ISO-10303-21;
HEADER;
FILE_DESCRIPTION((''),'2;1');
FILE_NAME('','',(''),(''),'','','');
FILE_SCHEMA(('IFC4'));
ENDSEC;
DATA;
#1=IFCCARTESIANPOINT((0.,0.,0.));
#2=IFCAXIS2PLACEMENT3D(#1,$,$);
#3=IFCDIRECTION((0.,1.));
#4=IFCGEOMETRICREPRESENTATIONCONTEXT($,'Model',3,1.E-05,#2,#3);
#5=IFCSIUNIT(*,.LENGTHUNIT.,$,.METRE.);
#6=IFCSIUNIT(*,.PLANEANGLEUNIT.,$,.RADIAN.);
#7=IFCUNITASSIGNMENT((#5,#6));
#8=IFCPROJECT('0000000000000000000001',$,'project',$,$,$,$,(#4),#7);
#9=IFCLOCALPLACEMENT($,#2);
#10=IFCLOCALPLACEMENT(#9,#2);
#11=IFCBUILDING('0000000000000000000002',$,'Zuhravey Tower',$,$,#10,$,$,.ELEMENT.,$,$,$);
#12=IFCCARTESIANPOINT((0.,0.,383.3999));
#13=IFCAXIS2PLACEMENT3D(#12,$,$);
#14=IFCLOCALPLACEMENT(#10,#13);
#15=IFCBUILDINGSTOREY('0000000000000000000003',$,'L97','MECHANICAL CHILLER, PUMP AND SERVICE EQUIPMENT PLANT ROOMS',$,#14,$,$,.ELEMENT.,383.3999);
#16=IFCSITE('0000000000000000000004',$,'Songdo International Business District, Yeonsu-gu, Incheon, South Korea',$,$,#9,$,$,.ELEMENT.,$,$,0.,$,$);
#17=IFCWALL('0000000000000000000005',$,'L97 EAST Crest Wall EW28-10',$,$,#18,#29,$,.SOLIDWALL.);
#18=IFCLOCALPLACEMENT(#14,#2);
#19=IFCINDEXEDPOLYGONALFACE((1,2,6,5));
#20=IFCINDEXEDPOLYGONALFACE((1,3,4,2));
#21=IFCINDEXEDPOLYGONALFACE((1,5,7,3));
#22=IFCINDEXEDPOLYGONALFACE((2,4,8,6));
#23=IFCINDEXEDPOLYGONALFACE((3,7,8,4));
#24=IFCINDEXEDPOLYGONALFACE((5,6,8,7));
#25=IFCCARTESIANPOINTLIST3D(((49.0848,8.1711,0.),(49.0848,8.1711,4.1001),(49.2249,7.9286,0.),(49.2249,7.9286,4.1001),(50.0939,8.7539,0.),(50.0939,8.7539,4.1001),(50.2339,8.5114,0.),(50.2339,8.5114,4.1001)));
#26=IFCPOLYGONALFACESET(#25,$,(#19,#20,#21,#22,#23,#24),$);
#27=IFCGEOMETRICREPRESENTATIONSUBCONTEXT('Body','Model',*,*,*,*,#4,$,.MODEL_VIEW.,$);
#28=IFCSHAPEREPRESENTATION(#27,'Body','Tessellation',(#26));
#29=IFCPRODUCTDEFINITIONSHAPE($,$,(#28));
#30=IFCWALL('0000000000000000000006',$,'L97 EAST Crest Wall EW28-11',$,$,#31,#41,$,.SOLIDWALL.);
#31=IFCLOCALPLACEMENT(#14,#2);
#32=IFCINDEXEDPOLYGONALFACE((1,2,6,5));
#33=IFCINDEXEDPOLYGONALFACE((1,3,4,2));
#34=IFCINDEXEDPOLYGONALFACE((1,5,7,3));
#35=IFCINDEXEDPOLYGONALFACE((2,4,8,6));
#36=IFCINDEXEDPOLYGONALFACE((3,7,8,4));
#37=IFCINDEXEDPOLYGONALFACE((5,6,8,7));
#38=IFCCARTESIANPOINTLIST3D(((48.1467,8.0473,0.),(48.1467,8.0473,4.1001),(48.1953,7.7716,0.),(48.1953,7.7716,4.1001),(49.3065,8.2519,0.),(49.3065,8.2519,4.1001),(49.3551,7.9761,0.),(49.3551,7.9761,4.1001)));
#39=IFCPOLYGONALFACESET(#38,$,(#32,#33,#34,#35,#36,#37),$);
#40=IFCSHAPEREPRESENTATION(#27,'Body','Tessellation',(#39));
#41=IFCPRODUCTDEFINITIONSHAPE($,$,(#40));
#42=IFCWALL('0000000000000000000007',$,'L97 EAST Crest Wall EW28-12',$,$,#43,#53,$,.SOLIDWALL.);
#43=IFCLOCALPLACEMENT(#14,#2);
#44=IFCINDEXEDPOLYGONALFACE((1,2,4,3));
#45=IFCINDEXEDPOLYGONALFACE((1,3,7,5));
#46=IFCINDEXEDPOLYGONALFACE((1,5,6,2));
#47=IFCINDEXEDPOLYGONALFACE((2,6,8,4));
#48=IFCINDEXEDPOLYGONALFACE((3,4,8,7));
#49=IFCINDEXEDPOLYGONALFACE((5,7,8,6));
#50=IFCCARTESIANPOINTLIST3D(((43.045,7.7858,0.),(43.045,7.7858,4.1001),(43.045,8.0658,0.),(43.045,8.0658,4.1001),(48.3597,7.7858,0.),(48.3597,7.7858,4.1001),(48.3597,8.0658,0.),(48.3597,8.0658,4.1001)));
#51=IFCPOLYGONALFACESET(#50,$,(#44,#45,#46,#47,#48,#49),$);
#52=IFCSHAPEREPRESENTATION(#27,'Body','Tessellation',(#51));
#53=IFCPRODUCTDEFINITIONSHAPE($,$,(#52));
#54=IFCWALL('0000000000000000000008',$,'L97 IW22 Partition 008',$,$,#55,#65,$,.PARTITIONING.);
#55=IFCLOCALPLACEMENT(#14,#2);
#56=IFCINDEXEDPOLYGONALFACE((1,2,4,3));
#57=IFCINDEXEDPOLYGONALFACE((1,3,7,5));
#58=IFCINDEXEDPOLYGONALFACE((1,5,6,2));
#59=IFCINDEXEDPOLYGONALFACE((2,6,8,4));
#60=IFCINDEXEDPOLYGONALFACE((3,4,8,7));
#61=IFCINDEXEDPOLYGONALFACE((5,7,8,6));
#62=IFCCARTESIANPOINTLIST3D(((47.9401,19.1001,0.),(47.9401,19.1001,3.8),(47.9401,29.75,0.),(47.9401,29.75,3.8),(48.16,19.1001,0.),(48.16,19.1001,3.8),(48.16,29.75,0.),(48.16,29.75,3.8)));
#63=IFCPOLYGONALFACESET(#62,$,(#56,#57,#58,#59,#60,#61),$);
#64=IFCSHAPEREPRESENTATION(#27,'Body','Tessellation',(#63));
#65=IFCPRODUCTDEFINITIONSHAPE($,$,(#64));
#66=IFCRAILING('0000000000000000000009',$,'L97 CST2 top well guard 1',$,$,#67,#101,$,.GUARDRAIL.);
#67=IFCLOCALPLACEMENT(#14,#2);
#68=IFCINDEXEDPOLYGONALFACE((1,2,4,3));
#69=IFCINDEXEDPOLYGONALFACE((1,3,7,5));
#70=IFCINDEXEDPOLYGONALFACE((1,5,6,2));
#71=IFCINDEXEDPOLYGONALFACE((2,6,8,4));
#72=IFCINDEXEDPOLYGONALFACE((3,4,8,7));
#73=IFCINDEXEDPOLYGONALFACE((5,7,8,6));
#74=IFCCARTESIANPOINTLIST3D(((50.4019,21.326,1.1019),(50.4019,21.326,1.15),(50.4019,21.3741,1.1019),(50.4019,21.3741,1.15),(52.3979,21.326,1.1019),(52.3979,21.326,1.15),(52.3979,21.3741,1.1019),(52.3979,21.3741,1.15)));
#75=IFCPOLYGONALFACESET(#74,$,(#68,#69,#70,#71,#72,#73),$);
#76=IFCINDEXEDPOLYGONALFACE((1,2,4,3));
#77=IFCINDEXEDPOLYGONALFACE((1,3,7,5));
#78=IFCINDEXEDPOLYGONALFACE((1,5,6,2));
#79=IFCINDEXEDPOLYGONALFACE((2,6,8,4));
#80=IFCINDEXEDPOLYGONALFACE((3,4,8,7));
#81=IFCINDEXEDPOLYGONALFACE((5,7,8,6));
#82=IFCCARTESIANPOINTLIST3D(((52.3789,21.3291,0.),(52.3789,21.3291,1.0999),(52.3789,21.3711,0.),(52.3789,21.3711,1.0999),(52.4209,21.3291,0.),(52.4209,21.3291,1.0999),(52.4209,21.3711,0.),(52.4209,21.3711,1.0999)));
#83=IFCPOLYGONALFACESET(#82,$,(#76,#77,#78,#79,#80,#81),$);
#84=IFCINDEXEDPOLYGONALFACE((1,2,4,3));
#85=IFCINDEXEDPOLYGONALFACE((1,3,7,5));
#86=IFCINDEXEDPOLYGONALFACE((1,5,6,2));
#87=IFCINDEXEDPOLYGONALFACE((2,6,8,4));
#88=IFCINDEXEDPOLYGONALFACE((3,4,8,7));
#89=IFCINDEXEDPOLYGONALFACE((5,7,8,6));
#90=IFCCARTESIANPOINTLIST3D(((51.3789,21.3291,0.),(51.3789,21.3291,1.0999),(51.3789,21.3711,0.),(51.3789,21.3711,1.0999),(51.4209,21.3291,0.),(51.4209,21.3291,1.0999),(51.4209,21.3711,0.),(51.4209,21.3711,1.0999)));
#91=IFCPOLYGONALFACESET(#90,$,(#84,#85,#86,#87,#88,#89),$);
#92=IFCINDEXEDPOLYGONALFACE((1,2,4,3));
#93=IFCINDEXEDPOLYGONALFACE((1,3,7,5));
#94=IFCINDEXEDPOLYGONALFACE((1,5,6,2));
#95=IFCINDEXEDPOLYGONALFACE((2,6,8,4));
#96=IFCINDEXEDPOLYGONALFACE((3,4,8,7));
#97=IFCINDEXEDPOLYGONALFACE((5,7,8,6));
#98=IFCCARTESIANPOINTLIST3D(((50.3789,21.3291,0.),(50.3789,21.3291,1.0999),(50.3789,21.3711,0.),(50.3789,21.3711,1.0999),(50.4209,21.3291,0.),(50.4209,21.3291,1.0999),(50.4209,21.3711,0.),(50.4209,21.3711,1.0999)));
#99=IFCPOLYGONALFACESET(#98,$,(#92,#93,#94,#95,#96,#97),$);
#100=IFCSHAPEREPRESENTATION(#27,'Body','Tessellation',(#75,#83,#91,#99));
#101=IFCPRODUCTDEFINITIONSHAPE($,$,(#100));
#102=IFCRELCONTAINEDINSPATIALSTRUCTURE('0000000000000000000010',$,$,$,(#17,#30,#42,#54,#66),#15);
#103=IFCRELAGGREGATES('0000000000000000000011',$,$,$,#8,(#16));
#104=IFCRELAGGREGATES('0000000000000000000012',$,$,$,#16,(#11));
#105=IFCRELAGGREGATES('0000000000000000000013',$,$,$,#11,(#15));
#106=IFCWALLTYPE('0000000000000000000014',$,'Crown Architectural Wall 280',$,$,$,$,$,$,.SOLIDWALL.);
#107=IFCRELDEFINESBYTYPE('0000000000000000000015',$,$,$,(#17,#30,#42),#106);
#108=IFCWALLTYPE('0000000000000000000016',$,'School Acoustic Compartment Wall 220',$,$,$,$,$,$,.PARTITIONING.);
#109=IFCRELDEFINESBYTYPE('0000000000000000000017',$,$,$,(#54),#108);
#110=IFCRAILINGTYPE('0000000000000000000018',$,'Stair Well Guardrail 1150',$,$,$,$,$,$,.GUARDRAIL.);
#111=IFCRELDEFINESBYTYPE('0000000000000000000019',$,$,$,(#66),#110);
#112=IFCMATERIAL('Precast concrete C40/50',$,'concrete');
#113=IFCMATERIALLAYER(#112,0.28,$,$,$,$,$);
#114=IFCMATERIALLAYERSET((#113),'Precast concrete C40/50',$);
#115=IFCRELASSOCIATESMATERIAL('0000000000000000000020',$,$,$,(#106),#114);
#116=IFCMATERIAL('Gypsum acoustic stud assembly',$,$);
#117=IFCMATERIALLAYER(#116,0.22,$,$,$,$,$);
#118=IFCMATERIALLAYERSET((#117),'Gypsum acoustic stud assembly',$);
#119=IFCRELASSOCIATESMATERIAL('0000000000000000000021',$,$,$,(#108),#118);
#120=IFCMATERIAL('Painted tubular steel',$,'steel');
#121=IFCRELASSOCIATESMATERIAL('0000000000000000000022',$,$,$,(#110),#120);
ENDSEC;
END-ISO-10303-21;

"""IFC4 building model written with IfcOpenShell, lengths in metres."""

from ifc_helpers import new_model, si_unit, direction, frame, frame_2d, origin, origin_2d, place, context, subcontext, project, spatial, rectangle, extrude, material, layer, layer_set, type_object, element, save


model = new_model("IFC4")

# Units and contexts
model_context = context("Model", 3, precision=1e-05, world=origin(), true_north=direction((0.0, 1.0)))
body_context = subcontext(model_context, "Body", "Model", "MODEL_VIEW")
ifc_project = project(units=[si_unit("LENGTHUNIT", "METRE"), si_unit("PLANEANGLEUNIT", "RADIAN")], contexts=[model_context])

# Site, building, storey
site_placement = place(None, origin())
site = spatial("IfcSite", under=ifc_project, at=site_placement, Name="Songdo International Business District, Yeonsu-gu, Incheon, South Korea", CompositionType="ELEMENT", RefElevation=0.0)
building_placement = place(site_placement, origin())
building = spatial("IfcBuilding", under=site, at=building_placement, Name="Zuhravey Tower", CompositionType="ELEMENT")
storey_placement = place(building_placement, frame((0.0, 0.0, 383.3999)))
storey = spatial("IfcBuildingStorey", under=building, at=storey_placement, Name="L97", Description="MECHANICAL CHILLER, PUMP AND SERVICE EQUIPMENT PLANT ROOMS", CompositionType="ELEMENT", Elevation=383.3999)

# Walls
ifc_material_1 = material(Name="Precast concrete C40/50", Category="concrete")
ifc_layer_1 = layer(ifc_material_1, 0.28)
ifc_layer_set_1 = layer_set([ifc_layer_1], Name="Precast concrete C40/50")
wall_type_1 = type_object("IfcWallType", Name="Crown Architectural Wall 280", PredefinedType="SOLIDWALL", material=ifc_layer_set_1)
wall_1_placement = place(storey_placement, frame((50.1638, 8.6326, 0.0), z_axis=(0.0, 0.0, 1.0), x_axis=(-0.865952, -0.500127, 0.0)))
element("IfcWall", 1, at=wall_1_placement, inside=storey, type_object=wall_type_1, Name="L97 EAST Crest Wall EW28-10", PredefinedType="SOLIDWALL", context=body_context, shape_type="SweptSolid", body=[
    extrude(rectangle(XDim=1.1653, YDim=0.28, at=frame_2d((0.5825, 0.0))), origin(), (0.0, 0.0, 1.0), 4.1001),
])
wall_2_placement = place(storey_placement, frame((49.3308, 8.114, 0.0), z_axis=(0.0, 0.0, 1.0), x_axis=(-0.984798, -0.173703, 0.0)))
element("IfcWall", 2, at=wall_2_placement, inside=storey, type_object=wall_type_1, Name="L97 EAST Crest Wall EW28-11", PredefinedType="SOLIDWALL", context=body_context, shape_type="SweptSolid", body=[
    extrude(rectangle(XDim=1.1777, YDim=0.28, at=frame_2d((0.5889, 0.0))), origin(), (0.0, 0.0, 1.0), 4.1001),
])
wall_3_placement = place(storey_placement, frame((48.3596, 7.9258, 0.0), z_axis=(0.0, 0.0, 1.0), x_axis=(-1.0, 0.0, 0.0)))
element("IfcWall", 3, at=wall_3_placement, inside=storey, type_object=wall_type_1, Name="L97 EAST Crest Wall EW28-12", PredefinedType="SOLIDWALL", context=body_context, shape_type="SweptSolid", body=[
    extrude(rectangle(XDim=5.3147, YDim=0.28, at=frame_2d((2.6572, 0.0))), origin(), (0.0, 0.0, 1.0), 4.1001),
])
ifc_material_2 = material(Name="Gypsum acoustic stud assembly")
ifc_layer_2 = layer(ifc_material_2, 0.22)
ifc_layer_set_2 = layer_set([ifc_layer_2], Name="Gypsum acoustic stud assembly")
wall_type_2 = type_object("IfcWallType", Name="School Acoustic Compartment Wall 220", PredefinedType="PARTITIONING", material=ifc_layer_set_2)
wall_4_placement = place(storey_placement, frame((48.05, 19.1001, 0.0), z_axis=(0.0, 0.0, 1.0), x_axis=(0.0, 1.0, 0.0)))
element("IfcWall", 4, at=wall_4_placement, inside=storey, type_object=wall_type_2, Name="L97 IW22 Partition 008", PredefinedType="PARTITIONING", context=body_context, shape_type="SweptSolid", body=[
    extrude(rectangle(XDim=10.6499, YDim=0.22, at=frame_2d((5.325, 0.0))), origin(), (0.0, 0.0, 1.0), 3.8),
])

# Railing
ifc_material_3 = material(Name="Painted tubular steel", Category="steel")
railing_type = type_object("IfcRailingType", Name="Stair Well Guardrail 1150", PredefinedType="GUARDRAIL", material=ifc_material_3)
railing_placement = place(storey_placement, frame((52.3999, 21.3501, 0.0)))
element("IfcRailing", 5, at=railing_placement, inside=storey, type_object=railing_type, Name="L97 CST2 top well guard 1", PredefinedType="GUARDRAIL", context=body_context, shape_type="SweptSolid", body=[
    extrude(rectangle(XDim=0.0481, YDim=0.0481, at=origin_2d()), frame((-0.002, 0.0, 1.126), z_axis=(-1.0, 0.0, 0.0), x_axis=(0.0, -1.0, 0.0)), (0.0, 0.0, 1.0), 1.9961),
    extrude(rectangle(XDim=0.042, YDim=0.042, at=origin_2d()), origin(), (0.0, 0.0, 1.0), 1.0999),
    extrude(rectangle(XDim=0.042, YDim=0.042, at=origin_2d()), frame((-1.0, 0.0, 0.0)), (0.0, 0.0, 1.0), 1.0999),
    extrude(rectangle(XDim=0.042, YDim=0.042, at=origin_2d()), frame((-2.0, 0.0, 0.0)), (0.0, 0.0, 1.0), 1.0999),
])

save(model, "model.ifc")
